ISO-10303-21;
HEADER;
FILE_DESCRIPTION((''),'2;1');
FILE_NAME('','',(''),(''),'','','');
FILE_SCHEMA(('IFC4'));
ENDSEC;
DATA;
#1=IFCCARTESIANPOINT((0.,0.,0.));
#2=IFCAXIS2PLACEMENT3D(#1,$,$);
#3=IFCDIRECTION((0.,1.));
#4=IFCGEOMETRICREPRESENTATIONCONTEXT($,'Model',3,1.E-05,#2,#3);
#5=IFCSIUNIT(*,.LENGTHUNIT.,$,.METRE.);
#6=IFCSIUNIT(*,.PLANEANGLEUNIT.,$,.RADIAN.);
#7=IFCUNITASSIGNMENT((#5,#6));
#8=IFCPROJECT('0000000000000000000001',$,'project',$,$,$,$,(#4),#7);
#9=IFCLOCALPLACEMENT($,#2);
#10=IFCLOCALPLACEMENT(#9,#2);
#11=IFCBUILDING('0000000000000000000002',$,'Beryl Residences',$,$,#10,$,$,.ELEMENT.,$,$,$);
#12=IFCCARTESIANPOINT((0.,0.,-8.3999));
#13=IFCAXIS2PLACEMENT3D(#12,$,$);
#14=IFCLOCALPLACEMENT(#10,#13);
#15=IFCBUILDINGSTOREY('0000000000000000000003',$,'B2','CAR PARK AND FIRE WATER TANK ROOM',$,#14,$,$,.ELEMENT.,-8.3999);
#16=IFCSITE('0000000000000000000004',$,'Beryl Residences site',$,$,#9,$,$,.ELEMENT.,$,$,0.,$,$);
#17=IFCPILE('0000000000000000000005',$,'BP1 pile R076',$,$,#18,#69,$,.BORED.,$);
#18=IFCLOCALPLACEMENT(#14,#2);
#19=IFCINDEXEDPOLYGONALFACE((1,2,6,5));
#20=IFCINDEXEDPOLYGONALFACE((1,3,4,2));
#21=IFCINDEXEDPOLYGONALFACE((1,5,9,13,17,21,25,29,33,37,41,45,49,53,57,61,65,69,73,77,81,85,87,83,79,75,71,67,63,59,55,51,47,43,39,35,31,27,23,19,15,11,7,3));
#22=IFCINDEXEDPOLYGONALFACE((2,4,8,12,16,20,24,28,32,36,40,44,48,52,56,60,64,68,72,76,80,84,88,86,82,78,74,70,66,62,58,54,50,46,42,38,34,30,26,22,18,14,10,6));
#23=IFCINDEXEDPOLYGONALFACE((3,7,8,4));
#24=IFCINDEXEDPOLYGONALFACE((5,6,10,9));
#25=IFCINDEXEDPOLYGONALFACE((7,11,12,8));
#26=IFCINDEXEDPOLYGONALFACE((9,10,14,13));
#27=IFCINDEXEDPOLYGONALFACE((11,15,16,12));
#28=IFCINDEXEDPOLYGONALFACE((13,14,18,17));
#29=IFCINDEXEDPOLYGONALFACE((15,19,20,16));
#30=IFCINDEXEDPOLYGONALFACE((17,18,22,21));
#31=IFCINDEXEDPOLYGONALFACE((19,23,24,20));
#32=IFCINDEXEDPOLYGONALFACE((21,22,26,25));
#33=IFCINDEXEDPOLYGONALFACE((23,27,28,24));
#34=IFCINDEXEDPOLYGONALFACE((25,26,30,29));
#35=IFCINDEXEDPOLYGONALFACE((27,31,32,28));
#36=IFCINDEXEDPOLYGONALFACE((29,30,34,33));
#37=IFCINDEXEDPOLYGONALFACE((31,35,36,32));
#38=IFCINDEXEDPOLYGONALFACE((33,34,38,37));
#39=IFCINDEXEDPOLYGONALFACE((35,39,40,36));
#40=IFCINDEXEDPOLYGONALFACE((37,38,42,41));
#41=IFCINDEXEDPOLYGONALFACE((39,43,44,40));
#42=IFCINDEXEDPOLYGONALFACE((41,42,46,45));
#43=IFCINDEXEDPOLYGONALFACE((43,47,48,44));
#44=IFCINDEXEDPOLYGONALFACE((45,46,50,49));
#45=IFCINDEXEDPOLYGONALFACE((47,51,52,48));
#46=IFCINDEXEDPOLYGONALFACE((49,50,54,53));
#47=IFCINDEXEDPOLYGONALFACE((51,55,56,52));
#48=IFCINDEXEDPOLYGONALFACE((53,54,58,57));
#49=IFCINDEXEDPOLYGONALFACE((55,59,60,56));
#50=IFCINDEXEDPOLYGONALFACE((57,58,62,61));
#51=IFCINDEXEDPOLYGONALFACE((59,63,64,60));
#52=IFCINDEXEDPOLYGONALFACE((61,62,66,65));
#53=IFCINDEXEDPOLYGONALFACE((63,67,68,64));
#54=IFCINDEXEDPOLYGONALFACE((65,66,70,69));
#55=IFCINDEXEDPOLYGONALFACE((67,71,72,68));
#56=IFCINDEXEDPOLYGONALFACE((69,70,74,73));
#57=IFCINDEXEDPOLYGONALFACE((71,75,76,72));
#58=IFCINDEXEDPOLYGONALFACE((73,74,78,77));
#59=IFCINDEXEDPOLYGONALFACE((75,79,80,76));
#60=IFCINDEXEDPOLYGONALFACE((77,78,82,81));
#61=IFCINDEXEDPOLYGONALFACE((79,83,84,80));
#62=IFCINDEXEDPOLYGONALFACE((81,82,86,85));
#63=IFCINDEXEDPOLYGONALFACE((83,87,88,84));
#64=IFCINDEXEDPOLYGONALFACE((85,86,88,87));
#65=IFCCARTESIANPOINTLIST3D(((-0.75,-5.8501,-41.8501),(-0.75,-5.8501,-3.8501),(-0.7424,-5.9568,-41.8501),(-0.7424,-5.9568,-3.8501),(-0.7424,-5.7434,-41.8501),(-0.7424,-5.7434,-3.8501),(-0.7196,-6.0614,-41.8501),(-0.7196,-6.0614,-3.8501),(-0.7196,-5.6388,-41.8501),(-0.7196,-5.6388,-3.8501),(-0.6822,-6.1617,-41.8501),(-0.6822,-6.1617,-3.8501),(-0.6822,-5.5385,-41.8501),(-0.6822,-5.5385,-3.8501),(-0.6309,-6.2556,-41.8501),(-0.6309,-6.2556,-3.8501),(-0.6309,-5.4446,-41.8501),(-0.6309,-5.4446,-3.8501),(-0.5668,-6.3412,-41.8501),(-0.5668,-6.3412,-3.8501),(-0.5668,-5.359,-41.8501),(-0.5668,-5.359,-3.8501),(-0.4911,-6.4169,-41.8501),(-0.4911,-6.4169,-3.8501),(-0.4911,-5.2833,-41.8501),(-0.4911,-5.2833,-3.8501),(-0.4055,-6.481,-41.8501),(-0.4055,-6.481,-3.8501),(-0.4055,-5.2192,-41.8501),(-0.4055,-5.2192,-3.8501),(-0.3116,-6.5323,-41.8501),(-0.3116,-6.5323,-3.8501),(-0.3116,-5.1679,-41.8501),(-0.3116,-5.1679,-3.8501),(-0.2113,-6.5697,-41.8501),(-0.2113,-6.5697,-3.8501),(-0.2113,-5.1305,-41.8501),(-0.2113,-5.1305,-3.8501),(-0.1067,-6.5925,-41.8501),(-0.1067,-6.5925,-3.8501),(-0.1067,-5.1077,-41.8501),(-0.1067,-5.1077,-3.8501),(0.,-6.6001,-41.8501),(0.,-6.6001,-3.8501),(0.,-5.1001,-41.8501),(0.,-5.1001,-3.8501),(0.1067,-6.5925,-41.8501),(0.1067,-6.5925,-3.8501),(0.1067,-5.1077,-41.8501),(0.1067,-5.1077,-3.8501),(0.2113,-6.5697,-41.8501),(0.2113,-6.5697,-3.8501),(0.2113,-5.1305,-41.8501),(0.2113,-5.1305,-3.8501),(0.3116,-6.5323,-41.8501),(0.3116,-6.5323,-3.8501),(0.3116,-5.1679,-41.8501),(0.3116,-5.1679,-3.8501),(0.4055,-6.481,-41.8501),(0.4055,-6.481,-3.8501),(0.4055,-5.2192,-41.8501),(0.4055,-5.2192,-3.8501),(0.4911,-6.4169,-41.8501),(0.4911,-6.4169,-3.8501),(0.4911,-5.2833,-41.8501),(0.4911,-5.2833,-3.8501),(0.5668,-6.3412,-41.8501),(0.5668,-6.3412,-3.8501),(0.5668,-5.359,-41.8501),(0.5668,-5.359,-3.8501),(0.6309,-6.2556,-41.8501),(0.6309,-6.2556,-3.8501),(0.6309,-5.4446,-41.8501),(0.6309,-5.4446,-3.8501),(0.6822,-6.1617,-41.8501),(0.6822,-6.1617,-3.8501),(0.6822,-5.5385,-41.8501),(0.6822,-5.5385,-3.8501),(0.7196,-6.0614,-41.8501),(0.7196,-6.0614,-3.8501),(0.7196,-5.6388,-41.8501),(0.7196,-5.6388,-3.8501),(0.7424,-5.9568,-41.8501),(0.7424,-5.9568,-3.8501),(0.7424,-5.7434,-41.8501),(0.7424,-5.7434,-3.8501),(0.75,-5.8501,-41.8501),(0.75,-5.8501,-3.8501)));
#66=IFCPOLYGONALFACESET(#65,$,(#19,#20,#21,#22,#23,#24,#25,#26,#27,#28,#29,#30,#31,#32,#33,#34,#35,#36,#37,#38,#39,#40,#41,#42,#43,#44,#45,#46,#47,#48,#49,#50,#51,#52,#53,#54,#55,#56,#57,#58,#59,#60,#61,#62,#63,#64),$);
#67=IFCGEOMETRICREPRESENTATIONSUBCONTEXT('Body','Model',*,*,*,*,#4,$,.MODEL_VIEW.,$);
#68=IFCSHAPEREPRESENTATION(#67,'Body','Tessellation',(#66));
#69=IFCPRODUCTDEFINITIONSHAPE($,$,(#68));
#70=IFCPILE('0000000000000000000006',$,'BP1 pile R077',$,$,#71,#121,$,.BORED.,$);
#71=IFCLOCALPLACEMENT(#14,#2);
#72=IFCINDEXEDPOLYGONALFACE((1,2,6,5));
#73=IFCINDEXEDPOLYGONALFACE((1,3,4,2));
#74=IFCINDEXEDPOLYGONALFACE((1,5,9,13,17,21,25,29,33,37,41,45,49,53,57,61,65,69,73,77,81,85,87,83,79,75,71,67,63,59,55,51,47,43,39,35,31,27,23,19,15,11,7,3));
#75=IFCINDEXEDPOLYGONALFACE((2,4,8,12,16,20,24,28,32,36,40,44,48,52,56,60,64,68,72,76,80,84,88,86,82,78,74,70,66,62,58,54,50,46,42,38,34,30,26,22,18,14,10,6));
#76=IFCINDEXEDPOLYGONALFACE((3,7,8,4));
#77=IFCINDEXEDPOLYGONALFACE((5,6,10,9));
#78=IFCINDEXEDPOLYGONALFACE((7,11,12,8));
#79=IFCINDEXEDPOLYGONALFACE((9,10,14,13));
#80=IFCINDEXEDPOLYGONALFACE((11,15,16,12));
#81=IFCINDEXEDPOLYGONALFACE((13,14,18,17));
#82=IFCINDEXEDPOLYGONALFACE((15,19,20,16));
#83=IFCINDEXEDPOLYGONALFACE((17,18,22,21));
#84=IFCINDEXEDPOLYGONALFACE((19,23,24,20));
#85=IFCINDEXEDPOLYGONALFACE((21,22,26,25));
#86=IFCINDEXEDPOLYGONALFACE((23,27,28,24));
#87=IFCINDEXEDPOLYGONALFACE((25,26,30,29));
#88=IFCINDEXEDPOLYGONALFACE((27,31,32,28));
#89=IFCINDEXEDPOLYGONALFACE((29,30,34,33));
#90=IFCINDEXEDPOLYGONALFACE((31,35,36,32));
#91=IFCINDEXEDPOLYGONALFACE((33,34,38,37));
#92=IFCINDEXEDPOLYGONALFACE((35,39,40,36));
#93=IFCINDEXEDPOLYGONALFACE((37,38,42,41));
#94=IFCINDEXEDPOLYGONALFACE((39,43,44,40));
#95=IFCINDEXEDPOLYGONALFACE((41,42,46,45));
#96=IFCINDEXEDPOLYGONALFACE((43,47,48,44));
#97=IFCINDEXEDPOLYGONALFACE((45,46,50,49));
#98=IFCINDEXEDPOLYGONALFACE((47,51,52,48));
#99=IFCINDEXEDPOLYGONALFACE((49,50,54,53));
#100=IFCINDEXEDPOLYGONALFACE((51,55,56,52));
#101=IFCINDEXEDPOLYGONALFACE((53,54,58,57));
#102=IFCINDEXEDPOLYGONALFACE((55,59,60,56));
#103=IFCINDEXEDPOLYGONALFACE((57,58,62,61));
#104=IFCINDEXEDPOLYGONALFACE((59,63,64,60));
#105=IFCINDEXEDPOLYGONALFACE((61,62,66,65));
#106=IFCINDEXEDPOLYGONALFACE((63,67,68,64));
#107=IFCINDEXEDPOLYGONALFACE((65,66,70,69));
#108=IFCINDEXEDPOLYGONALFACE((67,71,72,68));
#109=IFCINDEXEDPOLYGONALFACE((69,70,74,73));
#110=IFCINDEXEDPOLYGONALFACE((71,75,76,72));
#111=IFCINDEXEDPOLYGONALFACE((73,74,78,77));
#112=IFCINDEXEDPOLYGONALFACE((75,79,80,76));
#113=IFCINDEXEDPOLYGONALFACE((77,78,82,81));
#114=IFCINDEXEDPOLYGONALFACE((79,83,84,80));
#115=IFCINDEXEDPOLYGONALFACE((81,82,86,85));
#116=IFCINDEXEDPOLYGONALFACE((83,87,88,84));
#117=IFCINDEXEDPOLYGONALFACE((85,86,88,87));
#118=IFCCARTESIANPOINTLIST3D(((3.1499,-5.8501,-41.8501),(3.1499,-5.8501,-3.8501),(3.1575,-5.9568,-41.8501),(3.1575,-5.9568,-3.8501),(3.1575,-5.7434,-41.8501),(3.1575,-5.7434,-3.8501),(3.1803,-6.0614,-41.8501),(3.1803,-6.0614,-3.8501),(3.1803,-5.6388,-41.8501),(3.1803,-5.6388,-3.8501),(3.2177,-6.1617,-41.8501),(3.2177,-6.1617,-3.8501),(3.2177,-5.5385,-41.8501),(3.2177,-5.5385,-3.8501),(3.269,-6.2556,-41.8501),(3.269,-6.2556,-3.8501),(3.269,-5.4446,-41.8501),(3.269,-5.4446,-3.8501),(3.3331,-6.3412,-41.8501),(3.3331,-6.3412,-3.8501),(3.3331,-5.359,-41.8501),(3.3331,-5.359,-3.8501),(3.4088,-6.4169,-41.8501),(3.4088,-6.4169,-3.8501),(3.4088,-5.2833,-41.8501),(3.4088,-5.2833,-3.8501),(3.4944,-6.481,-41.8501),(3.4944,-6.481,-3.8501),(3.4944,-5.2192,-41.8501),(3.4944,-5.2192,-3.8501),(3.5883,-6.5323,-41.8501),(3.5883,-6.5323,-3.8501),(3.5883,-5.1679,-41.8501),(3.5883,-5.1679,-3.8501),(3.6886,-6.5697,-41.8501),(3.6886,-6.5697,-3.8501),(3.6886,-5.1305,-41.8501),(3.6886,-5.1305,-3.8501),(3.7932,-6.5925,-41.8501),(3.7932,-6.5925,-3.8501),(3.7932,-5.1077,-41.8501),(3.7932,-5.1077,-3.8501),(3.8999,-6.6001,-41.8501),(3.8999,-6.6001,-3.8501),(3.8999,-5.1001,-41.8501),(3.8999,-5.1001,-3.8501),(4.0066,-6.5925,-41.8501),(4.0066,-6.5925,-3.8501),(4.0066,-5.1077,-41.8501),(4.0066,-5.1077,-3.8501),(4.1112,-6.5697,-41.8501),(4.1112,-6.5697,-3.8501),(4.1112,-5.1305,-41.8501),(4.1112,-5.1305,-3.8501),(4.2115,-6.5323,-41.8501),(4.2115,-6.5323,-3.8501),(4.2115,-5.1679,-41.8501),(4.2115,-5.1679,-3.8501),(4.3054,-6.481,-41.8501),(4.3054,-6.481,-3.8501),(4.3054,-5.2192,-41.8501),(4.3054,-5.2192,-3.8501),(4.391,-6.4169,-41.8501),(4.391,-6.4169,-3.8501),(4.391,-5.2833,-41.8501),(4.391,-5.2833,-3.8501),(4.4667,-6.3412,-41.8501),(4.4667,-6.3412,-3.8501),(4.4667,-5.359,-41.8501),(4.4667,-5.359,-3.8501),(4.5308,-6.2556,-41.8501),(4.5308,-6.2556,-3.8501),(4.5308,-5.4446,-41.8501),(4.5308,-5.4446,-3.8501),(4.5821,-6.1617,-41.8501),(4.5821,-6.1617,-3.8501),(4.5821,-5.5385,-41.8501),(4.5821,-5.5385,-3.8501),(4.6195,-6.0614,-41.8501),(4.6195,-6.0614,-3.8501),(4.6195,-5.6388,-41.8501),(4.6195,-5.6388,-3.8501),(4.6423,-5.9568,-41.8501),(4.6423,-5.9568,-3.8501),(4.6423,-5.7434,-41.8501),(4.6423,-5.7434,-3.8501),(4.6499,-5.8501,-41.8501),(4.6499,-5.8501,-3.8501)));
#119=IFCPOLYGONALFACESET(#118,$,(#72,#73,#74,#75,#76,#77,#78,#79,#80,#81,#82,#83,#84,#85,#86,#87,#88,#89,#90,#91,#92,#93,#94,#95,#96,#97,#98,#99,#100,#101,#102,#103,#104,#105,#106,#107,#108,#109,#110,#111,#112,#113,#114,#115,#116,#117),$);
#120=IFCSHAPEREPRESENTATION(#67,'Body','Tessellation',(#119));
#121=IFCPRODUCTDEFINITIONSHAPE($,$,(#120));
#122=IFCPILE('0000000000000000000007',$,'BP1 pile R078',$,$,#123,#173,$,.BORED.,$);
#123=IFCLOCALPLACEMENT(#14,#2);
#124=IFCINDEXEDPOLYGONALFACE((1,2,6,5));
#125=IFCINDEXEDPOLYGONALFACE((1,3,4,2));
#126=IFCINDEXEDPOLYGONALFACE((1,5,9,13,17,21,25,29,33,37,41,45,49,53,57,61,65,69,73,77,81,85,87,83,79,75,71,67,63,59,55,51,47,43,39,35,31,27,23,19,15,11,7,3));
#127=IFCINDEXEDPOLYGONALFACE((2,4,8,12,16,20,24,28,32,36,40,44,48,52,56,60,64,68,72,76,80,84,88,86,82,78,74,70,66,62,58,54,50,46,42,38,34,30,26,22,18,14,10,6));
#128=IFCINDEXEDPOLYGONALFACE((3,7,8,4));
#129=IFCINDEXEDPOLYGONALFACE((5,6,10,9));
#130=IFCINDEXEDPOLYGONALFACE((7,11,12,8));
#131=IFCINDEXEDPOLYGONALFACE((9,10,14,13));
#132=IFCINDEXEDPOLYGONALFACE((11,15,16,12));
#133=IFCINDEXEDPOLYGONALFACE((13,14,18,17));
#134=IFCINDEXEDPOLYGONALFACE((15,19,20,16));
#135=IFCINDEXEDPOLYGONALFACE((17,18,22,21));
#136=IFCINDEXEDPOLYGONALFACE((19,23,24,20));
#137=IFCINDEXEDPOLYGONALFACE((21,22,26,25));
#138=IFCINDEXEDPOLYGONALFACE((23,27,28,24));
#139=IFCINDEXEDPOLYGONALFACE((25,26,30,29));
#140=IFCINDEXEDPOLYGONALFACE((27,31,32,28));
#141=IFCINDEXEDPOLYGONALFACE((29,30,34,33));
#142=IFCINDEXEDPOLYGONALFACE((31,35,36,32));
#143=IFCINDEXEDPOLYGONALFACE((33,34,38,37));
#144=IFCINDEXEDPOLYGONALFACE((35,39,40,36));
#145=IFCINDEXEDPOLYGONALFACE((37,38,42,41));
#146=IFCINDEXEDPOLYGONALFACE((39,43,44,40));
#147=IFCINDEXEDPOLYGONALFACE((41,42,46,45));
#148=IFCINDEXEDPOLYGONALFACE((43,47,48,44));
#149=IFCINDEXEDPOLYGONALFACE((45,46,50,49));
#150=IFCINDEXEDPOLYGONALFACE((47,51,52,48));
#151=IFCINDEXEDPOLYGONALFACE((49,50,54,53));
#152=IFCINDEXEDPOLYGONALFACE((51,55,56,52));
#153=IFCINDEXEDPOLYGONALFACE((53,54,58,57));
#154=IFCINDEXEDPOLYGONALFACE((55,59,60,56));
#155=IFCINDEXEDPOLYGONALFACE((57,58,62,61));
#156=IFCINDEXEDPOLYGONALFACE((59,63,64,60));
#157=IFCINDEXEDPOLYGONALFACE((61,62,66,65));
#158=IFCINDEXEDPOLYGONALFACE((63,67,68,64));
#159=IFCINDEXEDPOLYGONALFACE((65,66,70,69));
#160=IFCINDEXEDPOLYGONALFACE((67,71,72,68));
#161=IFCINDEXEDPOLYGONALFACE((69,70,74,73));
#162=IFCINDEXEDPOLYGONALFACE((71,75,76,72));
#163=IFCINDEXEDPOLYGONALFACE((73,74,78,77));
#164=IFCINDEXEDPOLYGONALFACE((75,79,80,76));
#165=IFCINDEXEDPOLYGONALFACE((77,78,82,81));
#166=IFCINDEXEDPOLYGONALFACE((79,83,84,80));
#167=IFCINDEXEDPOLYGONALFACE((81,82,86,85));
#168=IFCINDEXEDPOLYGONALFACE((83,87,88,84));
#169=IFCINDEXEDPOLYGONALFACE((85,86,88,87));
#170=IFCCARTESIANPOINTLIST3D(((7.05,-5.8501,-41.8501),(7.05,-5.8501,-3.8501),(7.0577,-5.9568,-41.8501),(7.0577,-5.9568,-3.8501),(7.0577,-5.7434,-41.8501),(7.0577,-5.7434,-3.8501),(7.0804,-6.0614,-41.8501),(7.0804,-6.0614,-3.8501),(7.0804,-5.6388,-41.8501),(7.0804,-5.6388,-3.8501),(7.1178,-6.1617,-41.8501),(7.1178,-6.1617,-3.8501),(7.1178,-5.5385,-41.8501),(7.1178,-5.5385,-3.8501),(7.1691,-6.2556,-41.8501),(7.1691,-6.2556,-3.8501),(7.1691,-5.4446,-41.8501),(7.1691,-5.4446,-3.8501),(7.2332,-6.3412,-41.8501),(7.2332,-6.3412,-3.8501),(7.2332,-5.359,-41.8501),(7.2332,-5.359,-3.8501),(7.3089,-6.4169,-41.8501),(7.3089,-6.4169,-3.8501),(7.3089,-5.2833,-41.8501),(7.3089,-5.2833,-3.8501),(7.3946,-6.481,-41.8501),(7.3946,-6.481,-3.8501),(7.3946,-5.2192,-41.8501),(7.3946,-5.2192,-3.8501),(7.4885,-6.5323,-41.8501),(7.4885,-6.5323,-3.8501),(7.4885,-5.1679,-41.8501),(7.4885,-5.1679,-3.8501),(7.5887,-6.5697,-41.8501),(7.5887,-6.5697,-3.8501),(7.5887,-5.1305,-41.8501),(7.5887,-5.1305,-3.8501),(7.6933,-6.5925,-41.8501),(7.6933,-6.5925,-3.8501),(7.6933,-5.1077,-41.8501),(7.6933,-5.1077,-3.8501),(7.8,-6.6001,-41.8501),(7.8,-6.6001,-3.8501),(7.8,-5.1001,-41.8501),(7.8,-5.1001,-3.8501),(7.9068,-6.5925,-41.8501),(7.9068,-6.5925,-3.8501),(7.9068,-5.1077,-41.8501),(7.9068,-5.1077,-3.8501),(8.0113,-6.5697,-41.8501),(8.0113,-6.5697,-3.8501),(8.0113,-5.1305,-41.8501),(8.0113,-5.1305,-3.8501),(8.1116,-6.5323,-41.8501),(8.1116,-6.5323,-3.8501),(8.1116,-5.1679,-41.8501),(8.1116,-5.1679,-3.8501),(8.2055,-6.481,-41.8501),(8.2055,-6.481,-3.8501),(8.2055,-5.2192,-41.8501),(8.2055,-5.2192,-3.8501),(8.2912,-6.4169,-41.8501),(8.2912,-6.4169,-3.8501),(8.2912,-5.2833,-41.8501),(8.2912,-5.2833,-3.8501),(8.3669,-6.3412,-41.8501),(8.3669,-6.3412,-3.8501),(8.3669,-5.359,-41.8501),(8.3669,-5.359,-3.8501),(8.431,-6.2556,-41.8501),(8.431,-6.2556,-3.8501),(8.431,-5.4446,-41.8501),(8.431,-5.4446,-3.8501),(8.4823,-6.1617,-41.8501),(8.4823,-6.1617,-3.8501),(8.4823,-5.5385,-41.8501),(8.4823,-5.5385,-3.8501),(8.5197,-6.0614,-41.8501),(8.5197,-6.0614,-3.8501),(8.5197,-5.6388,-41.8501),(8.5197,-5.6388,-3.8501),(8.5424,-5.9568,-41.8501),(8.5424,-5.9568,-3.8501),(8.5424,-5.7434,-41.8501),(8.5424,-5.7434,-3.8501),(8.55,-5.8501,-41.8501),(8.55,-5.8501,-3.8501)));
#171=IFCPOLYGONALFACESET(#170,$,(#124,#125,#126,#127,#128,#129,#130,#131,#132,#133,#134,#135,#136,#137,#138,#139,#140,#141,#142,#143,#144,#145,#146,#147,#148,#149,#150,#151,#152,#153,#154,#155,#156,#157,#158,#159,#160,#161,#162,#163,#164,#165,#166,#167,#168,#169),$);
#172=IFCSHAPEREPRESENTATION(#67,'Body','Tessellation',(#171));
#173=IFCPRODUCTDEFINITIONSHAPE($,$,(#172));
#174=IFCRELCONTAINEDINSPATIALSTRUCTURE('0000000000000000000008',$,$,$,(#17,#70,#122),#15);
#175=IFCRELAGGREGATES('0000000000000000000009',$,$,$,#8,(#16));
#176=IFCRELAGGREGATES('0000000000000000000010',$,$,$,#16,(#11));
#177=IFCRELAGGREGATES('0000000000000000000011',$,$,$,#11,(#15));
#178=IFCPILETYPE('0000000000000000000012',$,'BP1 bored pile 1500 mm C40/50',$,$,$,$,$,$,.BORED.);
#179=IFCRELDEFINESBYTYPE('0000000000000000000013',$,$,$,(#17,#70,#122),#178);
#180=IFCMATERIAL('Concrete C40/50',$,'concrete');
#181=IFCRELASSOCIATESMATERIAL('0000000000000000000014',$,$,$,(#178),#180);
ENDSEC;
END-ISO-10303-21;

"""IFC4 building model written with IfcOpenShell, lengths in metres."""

from ifc_helpers import new_model, si_unit, direction, frame, origin, origin_2d, place, context, subcontext, project, spatial, circle, extrude, material, material_profile, profile_set, type_object, element, save


model = new_model("IFC4")

# Units and contexts
model_context = context("Model", 3, precision=1e-05, world=origin(), true_north=direction((0.0, 1.0)))
body_context = subcontext(model_context, "Body", "Model", "MODEL_VIEW")
ifc_project = project(units=[si_unit("LENGTHUNIT", "METRE"), si_unit("PLANEANGLEUNIT", "RADIAN")], contexts=[model_context])

# Site, building, storey
site_placement = place(None, origin())
site = spatial("IfcSite", under=ifc_project, at=site_placement, Name="Beryl Residences site", CompositionType="ELEMENT", RefElevation=0.0)
building_placement = place(site_placement, origin())
building = spatial("IfcBuilding", under=site, at=building_placement, Name="Beryl Residences", CompositionType="ELEMENT")
storey_placement = place(building_placement, frame((0.0, 0.0, -8.3999)))
storey = spatial("IfcBuildingStorey", under=building, at=storey_placement, Name="B2", Description="CAR PARK AND FIRE WATER TANK ROOM", CompositionType="ELEMENT", Elevation=-8.3999)

# Piles
ifc_material_1 = material(Name="Concrete C40/50", Category="concrete")
ifc_material_profile_1 = material_profile(ifc_material_1, circle(Radius=0.75, at=origin_2d()))
ifc_profile_set_1 = profile_set([ifc_material_profile_1], Name="Concrete C40/50")
pile_type = type_object("IfcPileType", Name="BP1 bored pile 1500 mm C40/50", PredefinedType="BORED", material=ifc_profile_set_1)
for number, where, z_axis, x_axis, name in (
    (1, (0.0, -5.8501, -3.8501), (0.0, 0.0, -1.0), (1.0, 0.0, 0.0), "BP1 pile R076"),
    (2, (3.8999, -5.8501, -3.8501), (0.0, 0.0, -1.0), (1.0, 0.0, 0.0), "BP1 pile R077"),
    (3, (7.8, -5.8501, -3.8501), (0.0, 0.0, -1.0), (1.0, 0.0, 0.0), "BP1 pile R078"),
):
    element("IfcPile", number, at=place(storey_placement, frame(where, z_axis=z_axis, x_axis=x_axis)), inside=storey, type_object=pile_type, Name=name, PredefinedType="BORED", context=body_context, shape_type="SweptSolid", body=[
        extrude(circle(Radius=0.75, at=origin_2d()), origin(), (0.0, 0.0, 1.0), 38.0),
    ])

save(model, "model.ifc")
